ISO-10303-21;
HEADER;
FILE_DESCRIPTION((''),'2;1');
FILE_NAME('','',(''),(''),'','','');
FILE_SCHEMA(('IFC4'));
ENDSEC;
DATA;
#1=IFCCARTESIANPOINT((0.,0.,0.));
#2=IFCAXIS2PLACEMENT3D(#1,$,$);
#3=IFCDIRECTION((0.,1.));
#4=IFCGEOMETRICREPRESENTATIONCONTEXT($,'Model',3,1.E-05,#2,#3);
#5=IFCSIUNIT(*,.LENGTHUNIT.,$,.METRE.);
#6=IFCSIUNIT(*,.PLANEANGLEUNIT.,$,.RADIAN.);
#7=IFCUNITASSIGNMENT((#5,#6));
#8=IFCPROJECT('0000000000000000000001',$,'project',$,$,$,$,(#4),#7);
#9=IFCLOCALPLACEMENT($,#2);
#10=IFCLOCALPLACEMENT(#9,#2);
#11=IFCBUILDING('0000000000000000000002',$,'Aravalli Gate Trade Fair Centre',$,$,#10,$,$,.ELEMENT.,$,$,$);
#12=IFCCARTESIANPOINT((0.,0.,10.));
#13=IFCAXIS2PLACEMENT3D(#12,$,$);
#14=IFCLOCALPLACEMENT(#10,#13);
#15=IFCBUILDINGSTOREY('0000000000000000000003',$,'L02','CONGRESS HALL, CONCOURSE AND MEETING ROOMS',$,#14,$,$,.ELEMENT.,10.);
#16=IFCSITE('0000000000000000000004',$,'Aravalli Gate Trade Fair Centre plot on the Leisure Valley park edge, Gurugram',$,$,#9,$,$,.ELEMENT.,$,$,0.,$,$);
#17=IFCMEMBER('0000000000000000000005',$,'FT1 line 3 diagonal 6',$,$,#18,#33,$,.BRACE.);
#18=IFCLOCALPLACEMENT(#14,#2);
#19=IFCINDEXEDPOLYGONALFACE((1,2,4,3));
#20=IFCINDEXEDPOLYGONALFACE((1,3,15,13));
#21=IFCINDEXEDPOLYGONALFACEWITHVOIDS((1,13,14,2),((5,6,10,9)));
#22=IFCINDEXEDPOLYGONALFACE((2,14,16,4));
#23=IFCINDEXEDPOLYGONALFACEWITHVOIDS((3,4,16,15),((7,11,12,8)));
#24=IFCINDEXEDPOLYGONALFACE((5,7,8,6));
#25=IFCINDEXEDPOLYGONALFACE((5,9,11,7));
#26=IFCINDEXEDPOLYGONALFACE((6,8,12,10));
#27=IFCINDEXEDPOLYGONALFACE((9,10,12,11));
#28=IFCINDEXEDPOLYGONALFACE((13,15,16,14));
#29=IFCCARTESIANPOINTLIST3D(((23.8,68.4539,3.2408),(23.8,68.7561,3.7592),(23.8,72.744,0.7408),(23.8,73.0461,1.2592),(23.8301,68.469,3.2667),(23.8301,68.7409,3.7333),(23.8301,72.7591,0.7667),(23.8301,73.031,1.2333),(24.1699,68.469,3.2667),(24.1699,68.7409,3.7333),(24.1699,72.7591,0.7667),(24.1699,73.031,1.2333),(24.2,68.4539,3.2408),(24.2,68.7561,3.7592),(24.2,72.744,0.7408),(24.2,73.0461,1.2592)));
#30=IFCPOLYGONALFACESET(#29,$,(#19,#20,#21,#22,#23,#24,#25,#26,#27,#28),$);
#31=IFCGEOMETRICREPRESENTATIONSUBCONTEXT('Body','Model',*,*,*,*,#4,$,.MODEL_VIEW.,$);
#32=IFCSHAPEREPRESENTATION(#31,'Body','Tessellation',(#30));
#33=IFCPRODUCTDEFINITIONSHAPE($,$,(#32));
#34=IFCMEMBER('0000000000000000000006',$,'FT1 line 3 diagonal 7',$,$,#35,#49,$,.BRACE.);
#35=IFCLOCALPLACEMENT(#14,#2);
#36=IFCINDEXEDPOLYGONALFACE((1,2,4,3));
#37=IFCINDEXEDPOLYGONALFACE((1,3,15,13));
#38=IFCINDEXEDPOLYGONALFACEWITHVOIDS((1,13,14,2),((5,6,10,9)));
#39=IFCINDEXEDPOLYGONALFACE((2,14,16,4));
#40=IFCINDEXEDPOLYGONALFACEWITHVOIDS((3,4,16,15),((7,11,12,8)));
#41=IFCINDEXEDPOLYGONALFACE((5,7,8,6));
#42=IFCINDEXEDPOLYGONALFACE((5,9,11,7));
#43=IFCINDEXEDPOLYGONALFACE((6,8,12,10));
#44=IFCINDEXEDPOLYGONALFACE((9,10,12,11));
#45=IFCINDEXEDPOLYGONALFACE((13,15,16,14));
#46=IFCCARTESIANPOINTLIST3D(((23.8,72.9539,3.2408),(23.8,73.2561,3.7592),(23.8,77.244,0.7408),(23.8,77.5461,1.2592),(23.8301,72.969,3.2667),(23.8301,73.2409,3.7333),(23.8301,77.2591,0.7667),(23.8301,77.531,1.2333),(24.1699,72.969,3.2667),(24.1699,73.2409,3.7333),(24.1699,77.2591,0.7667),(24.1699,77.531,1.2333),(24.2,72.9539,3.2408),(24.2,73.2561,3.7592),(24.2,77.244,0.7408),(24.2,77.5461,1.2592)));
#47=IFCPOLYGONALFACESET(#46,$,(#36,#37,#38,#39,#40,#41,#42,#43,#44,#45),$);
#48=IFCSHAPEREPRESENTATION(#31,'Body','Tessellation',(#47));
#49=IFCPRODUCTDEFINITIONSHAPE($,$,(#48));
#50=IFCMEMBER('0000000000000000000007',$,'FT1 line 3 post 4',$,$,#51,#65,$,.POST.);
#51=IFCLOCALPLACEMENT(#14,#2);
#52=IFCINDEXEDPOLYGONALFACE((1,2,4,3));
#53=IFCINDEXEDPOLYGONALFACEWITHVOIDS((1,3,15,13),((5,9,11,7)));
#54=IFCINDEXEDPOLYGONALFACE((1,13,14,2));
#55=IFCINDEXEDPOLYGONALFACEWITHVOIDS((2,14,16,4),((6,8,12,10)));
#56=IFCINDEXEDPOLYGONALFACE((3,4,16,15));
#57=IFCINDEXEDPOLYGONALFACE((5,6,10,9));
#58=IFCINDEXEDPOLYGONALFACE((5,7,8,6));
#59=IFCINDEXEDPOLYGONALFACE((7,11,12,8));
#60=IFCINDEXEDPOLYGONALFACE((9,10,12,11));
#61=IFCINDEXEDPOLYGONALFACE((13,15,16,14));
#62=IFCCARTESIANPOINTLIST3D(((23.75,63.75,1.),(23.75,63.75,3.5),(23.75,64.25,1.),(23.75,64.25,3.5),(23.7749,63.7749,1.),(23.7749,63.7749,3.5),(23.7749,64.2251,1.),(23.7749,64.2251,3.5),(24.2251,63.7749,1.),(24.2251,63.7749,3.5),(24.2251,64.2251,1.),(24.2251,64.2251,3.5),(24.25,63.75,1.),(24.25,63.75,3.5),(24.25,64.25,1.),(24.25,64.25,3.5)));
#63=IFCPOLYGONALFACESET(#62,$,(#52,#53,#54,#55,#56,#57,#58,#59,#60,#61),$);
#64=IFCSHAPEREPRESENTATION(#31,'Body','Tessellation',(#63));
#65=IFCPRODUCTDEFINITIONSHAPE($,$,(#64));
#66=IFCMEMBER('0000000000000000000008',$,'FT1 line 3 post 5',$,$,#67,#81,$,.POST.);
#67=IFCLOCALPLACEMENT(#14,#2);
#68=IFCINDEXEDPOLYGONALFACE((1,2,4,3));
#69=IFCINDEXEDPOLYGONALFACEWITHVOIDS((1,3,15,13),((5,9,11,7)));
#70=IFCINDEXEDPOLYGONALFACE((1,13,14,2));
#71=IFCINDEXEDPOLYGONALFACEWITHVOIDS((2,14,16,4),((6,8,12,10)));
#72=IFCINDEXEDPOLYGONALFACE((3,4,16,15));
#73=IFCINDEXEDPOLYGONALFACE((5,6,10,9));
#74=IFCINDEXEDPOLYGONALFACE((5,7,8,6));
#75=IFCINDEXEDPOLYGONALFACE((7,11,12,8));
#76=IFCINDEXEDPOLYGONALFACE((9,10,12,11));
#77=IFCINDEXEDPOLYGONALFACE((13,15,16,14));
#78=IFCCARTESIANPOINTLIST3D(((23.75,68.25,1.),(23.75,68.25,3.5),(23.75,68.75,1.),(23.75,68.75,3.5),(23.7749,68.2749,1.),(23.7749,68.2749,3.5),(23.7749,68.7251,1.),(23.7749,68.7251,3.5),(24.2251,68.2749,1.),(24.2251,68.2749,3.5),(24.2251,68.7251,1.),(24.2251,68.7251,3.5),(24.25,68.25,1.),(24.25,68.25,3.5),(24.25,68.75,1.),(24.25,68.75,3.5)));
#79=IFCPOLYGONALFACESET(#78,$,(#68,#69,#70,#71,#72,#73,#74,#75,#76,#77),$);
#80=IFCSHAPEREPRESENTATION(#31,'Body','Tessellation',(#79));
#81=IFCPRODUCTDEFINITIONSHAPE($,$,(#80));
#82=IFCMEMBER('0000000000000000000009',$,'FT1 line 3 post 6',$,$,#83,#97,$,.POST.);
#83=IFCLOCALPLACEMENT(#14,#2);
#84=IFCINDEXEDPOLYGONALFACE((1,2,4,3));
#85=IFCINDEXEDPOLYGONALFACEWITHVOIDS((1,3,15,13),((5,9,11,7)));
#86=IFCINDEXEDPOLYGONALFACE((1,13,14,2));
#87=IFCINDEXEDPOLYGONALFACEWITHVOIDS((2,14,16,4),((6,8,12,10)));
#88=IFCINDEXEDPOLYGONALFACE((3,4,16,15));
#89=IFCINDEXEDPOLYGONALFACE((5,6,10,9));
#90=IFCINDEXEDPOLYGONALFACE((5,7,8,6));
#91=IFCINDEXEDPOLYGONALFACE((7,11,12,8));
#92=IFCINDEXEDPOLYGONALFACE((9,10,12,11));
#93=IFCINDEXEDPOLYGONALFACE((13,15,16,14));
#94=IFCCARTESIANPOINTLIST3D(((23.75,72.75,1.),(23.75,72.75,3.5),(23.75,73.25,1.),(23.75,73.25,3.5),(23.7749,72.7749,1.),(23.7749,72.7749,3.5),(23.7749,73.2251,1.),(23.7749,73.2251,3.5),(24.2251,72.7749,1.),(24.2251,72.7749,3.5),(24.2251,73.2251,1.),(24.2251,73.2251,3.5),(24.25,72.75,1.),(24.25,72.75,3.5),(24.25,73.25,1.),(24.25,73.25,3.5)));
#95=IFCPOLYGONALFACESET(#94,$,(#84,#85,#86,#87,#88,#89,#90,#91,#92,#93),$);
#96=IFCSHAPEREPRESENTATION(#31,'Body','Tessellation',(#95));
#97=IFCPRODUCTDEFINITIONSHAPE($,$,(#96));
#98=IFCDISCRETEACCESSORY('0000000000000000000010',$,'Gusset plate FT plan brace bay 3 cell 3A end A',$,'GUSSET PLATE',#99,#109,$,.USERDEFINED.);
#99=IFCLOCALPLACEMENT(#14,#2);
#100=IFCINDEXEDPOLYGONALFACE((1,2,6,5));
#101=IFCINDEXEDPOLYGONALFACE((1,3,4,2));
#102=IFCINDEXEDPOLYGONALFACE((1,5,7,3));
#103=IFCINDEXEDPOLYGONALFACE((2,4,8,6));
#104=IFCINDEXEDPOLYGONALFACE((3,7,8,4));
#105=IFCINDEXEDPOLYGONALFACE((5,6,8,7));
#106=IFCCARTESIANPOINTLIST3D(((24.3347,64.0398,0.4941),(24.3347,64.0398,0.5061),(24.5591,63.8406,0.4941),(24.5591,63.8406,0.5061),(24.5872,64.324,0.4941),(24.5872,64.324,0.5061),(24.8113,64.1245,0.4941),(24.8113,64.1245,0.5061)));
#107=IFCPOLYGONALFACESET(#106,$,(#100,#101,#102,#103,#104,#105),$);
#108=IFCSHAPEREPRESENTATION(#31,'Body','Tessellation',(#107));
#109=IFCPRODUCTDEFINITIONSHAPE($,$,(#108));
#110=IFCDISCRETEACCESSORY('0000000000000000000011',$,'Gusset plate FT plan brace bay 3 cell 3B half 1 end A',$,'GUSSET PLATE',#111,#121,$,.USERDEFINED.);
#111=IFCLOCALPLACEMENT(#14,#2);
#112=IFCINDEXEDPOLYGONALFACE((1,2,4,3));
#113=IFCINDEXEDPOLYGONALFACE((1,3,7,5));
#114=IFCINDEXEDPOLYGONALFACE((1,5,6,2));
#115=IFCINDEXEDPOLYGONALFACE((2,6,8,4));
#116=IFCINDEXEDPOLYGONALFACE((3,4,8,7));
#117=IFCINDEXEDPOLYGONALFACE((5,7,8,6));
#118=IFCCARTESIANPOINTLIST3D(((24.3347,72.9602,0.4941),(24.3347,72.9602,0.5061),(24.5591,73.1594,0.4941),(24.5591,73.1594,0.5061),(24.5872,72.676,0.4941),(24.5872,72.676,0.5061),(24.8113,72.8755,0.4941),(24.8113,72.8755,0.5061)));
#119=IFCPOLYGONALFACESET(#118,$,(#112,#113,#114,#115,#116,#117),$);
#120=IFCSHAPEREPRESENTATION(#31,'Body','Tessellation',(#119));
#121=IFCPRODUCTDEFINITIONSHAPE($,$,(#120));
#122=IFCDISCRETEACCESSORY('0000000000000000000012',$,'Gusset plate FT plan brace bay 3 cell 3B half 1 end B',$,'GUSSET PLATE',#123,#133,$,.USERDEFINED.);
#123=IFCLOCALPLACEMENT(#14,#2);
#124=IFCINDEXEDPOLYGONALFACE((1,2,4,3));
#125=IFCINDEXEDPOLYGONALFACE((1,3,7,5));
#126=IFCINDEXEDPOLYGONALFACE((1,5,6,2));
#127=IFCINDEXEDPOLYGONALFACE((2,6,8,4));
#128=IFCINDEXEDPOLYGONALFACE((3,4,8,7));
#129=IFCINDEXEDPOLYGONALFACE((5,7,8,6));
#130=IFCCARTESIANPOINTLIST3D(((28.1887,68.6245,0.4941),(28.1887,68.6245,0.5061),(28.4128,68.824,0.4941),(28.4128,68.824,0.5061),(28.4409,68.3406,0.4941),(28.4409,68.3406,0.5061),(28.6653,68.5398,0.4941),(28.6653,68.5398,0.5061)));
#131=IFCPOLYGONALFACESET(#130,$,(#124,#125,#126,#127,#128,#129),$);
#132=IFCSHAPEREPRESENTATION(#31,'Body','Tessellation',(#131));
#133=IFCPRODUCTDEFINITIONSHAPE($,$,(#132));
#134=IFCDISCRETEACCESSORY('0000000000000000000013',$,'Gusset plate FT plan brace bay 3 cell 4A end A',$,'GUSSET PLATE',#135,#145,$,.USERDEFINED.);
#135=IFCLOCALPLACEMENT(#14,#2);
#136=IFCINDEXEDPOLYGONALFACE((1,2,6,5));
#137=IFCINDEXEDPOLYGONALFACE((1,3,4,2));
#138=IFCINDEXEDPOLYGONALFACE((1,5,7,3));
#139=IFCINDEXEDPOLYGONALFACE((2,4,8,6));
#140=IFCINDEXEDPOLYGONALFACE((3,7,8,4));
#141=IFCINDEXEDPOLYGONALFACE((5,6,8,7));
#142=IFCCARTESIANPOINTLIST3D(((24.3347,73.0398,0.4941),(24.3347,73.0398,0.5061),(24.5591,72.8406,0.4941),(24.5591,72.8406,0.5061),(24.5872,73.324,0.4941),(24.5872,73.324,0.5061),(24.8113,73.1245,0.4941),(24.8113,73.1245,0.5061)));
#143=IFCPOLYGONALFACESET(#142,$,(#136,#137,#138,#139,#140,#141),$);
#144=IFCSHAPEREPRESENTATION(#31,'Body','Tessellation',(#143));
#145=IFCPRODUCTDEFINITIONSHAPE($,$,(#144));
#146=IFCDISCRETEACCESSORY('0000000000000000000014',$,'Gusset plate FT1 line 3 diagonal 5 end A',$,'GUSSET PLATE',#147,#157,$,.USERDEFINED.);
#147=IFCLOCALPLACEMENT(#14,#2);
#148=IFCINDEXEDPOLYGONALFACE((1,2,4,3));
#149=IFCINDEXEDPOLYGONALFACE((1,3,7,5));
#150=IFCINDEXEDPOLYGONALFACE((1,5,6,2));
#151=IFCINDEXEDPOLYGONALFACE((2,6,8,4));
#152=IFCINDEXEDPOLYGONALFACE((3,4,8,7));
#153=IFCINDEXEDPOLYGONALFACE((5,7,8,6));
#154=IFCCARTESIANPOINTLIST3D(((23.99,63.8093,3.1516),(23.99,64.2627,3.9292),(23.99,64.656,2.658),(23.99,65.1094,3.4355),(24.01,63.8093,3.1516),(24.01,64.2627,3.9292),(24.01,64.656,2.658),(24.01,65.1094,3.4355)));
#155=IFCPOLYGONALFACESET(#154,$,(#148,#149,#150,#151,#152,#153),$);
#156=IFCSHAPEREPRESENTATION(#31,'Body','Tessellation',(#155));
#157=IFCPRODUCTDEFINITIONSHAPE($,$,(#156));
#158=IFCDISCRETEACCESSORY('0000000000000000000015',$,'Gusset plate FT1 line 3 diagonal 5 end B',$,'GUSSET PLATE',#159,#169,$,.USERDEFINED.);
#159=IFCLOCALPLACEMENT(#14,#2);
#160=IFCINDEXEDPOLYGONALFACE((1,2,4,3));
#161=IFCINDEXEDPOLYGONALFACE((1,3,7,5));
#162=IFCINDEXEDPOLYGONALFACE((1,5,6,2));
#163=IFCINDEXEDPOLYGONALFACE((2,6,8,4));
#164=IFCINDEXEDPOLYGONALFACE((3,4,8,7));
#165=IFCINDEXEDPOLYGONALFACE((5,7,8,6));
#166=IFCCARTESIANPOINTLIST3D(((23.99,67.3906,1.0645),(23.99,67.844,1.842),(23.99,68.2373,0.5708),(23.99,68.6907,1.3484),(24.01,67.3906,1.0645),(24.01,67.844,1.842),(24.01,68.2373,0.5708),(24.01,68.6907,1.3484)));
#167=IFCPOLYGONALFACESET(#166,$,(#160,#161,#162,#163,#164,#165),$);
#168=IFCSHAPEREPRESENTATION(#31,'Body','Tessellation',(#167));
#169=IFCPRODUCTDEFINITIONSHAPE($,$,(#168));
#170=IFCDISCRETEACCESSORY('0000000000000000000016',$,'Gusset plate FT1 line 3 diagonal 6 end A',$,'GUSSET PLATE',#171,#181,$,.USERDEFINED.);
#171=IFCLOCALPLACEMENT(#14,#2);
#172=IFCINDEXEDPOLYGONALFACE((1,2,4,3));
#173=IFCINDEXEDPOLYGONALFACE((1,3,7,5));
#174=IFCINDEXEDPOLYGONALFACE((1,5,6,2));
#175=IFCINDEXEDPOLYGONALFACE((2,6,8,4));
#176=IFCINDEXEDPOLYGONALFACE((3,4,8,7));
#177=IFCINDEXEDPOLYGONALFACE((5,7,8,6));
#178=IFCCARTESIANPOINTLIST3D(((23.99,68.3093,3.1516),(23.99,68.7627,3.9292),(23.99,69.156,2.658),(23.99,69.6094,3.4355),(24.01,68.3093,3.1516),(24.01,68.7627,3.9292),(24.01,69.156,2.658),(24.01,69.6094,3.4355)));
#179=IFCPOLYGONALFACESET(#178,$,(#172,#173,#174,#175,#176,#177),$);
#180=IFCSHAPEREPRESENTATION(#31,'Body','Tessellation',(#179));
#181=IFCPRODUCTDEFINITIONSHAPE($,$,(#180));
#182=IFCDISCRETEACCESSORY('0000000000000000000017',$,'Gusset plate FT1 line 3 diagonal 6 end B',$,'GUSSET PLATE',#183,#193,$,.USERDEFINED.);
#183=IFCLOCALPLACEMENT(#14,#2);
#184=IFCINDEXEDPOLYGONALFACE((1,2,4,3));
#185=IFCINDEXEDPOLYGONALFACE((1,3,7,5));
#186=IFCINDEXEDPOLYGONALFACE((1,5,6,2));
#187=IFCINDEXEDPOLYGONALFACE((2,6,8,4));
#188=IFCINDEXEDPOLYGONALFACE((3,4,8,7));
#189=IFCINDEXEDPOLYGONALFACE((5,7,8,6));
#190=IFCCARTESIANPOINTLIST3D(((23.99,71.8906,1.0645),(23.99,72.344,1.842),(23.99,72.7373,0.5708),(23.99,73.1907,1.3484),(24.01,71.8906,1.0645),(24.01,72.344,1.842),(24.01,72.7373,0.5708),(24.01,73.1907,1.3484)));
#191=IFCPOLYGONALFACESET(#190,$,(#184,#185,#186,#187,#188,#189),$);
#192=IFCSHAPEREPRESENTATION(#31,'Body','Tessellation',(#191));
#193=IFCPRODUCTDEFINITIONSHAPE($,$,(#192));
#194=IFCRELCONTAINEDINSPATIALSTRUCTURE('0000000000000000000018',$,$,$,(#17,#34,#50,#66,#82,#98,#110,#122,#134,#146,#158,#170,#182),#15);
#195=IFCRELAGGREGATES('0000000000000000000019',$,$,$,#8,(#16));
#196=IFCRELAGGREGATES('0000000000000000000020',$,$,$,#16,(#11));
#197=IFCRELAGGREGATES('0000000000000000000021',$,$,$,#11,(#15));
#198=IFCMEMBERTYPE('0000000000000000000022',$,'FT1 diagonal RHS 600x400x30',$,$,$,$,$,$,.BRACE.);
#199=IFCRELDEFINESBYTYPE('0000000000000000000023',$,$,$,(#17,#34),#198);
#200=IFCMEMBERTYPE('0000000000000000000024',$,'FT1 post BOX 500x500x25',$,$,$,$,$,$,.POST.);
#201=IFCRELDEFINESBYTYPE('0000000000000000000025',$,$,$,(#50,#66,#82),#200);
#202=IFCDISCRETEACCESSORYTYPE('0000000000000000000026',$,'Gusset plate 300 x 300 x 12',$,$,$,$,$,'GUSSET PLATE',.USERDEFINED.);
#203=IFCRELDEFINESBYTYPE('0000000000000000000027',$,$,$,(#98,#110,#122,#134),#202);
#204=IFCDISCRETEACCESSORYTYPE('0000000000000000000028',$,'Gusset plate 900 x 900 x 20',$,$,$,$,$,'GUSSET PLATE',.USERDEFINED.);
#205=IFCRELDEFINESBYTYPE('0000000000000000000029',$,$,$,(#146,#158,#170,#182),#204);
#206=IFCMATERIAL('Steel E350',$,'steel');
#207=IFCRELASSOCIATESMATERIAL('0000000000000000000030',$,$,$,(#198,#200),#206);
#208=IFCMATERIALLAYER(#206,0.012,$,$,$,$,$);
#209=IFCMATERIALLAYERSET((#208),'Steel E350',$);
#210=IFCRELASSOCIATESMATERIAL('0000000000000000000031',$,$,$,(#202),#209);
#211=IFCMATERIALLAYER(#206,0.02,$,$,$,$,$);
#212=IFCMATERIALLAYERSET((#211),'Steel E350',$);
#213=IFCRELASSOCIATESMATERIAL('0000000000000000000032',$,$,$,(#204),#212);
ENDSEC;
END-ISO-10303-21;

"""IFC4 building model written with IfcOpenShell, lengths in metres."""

from ifc_helpers import new_model, si_unit, direction, frame, origin, origin_2d, place, context, subcontext, project, spatial, polyline, hollow_rectangle, outline, extrude, material, layer, layer_set, material_profile, profile_set, type_object, element, save


model = new_model("IFC4")

# Units and contexts
model_context = context("Model", 3, precision=1e-05, world=origin(), true_north=direction((0.0, 1.0)))
body_context = subcontext(model_context, "Body", "Model", "MODEL_VIEW")
ifc_project = project(units=[si_unit("LENGTHUNIT", "METRE"), si_unit("PLANEANGLEUNIT", "RADIAN")], contexts=[model_context])

# Site, building, storey
site_placement = place(None, origin())
site = spatial("IfcSite", under=ifc_project, at=site_placement, Name="Aravalli Gate Trade Fair Centre plot on the Leisure Valley park edge, Gurugram", CompositionType="ELEMENT", RefElevation=0.0)
building_placement = place(site_placement, origin())
building = spatial("IfcBuilding", under=site, at=building_placement, Name="Aravalli Gate Trade Fair Centre", CompositionType="ELEMENT")
storey_placement = place(building_placement, frame((0.0, 0.0, 10.0)))
storey = spatial("IfcBuildingStorey", under=building, at=storey_placement, Name="L02", Description="CONGRESS HALL, CONCOURSE AND MEETING ROOMS", CompositionType="ELEMENT", Elevation=10.0)

# Members
ifc_material = material(Name="Steel E350", Category="steel")
ifc_material_profile_1 = material_profile(ifc_material, hollow_rectangle(XDim=0.3999, YDim=0.6001, WallThickness=0.03, at=origin_2d()), Name="RHS 600x400x30")
ifc_profile_set_1 = profile_set([ifc_material_profile_1], Name="Steel E350")
member_type_1 = type_object("IfcMemberType", Name="FT1 diagonal RHS 600x400x30", PredefinedType="BRACE", material=ifc_profile_set_1)
for number, where, z_axis, x_axis, name in (
    (1, (24.0, 68.605, 3.5), (0.0, 0.864, -0.503492), (-1.0, 0.0, 0.0), "FT1 line 3 diagonal 6"),
    (2, (24.0, 73.105, 3.5), (0.0, 0.864, -0.503492), (-1.0, 0.0, 0.0), "FT1 line 3 diagonal 7"),
):
    element("IfcMember", number, at=place(storey_placement, frame(where, z_axis=z_axis, x_axis=x_axis)), inside=storey, type_object=member_type_1, Name=name, PredefinedType="BRACE", context=body_context, shape_type="SweptSolid", body=[
        extrude(hollow_rectangle(XDim=0.3999, YDim=0.6001, WallThickness=0.03, at=origin_2d()), origin(), (0.0, 0.0, 1.0), 4.9653),
    ])
ifc_material_profile_2 = material_profile(ifc_material, hollow_rectangle(XDim=0.5, YDim=0.5, WallThickness=0.0249, at=origin_2d()), Name="BOX 500x500x25")
ifc_profile_set_2 = profile_set([ifc_material_profile_2], Name="Steel E350")
member_type_2 = type_object("IfcMemberType", Name="FT1 post BOX 500x500x25", PredefinedType="POST", material=ifc_profile_set_2)
for number, where, z_axis, x_axis, name in (
    (3, (24.0, 64.0, 1.0), (0.0, 0.0, 1.0), (1.0, 0.0, 0.0), "FT1 line 3 post 4"),
    (4, (24.0, 68.5, 1.0), (0.0, 0.0, 1.0), (1.0, 0.0, 0.0), "FT1 line 3 post 5"),
    (5, (24.0, 73.0, 1.0), (0.0, 0.0, 1.0), (1.0, 0.0, 0.0), "FT1 line 3 post 6"),
):
    element("IfcMember", number, at=place(storey_placement, frame(where, z_axis=z_axis, x_axis=x_axis)), inside=storey, type_object=member_type_2, Name=name, PredefinedType="POST", context=body_context, shape_type="SweptSolid", body=[
        extrude(hollow_rectangle(XDim=0.5, YDim=0.5, WallThickness=0.0249, at=origin_2d()), origin(), (0.0, 0.0, 1.0), 2.5),
    ])

# Discrete accessories
ifc_layer_1 = layer(ifc_material, 0.012)
ifc_layer_set_1 = layer_set([ifc_layer_1], Name="Steel E350")
discrete_accessory_type_1 = type_object("IfcDiscreteAccessoryType", Name="Gusset plate 300 x 300 x 12", ElementType="GUSSET PLATE", PredefinedType="USERDEFINED", material=ifc_layer_set_1)
discrete_accessory_1_placement = place(storey_placement, frame((24.8113, 64.1245, 0.5061), z_axis=(0.0, 0.0, 1.0), x_axis=(-0.664084, -0.747658, 0.0)))
element("IfcDiscreteAccessory", 6, at=discrete_accessory_1_placement, inside=storey, type_object=discrete_accessory_type_1, Name="Gusset plate FT plan brace bay 3 cell 3A end A", ObjectType="GUSSET PLATE", PredefinedType="USERDEFINED", context=body_context, shape_type="SweptSolid", body=[
    extrude(outline(polyline([(0.0, 0.0), (0.3798, 0.0), (0.3798, -0.3), (-0.0003, -0.3), (0.0, 0.0)])), origin(), (0.0, 0.0, -1.0), 0.012),
])
discrete_accessory_2_placement = place(storey_placement, frame((24.5872, 72.676, 0.5061), z_axis=(0.0, 0.0, 1.0), x_axis=(-0.664125, 0.747622, 0.0)))
element("IfcDiscreteAccessory", 7, at=discrete_accessory_2_placement, inside=storey, type_object=discrete_accessory_type_1, Name="Gusset plate FT plan brace bay 3 cell 3B half 1 end A", ObjectType="GUSSET PLATE", PredefinedType="USERDEFINED", context=body_context, shape_type="SweptSolid", body=[
    extrude(outline(polyline([(0.0, 0.0), (0.3801, 0.0), (0.38, -0.3), (0.0003, -0.3), (0.0, 0.0)])), origin(), (0.0, 0.0, -1.0), 0.012),
])
discrete_accessory_3_placement = place(storey_placement, frame((28.1887, 68.6245, 0.5061), z_axis=(0.0, 0.0, 1.0), x_axis=(0.664084, -0.747658, 0.0)))
element("IfcDiscreteAccessory", 8, at=discrete_accessory_3_placement, inside=storey, type_object=discrete_accessory_type_1, Name="Gusset plate FT plan brace bay 3 cell 3B half 1 end B", ObjectType="GUSSET PLATE", PredefinedType="USERDEFINED", context=body_context, shape_type="SweptSolid", body=[
    extrude(outline(polyline([(0.0, 0.0), (0.3798, 0.0), (0.3798, 0.3), (-0.0003, 0.3), (0.0, 0.0)])), origin(), (0.0, 0.0, -1.0), 0.012),
])
discrete_accessory_4_placement = place(storey_placement, frame((24.8113, 73.1245, 0.5061), z_axis=(0.0, 0.0, 1.0), x_axis=(-0.664084, -0.747658, 0.0)))
element("IfcDiscreteAccessory", 9, at=discrete_accessory_4_placement, inside=storey, type_object=discrete_accessory_type_1, Name="Gusset plate FT plan brace bay 3 cell 4A end A", ObjectType="GUSSET PLATE", PredefinedType="USERDEFINED", context=body_context, shape_type="SweptSolid", body=[
    extrude(outline(polyline([(0.0, 0.0), (0.3798, 0.0), (0.3798, -0.3), (-0.0003, -0.3), (0.0, 0.0)])), origin(), (0.0, 0.0, -1.0), 0.012),
])
ifc_layer_2 = layer(ifc_material, 0.02)
ifc_layer_set_2 = layer_set([ifc_layer_2], Name="Steel E350")
discrete_accessory_type_2 = type_object("IfcDiscreteAccessoryType", Name="Gusset plate 900 x 900 x 20", ElementType="GUSSET PLATE", PredefinedType="USERDEFINED", material=ifc_layer_set_2)
discrete_accessory_5_placement = place(storey_placement, frame((23.99, 64.656, 2.658), z_axis=(-1.0, 0.0, 0.0), x_axis=(0.0, -0.863887, 0.503685)))
element("IfcDiscreteAccessory", 10, at=discrete_accessory_5_placement, inside=storey, type_object=discrete_accessory_type_2, Name="Gusset plate FT1 line 3 diagonal 5 end A", ObjectType="GUSSET PLATE", PredefinedType="USERDEFINED", context=body_context, shape_type="SweptSolid", body=[
    extrude(outline(polyline([(0.0, 0.0), (0.9801, 0.0), (0.9801, 0.9001), (0.0, 0.9001), (0.0, 0.0)])), origin(), (0.0, 0.0, -1.0), 0.02),
])
discrete_accessory_6_placement = place(storey_placement, frame((24.01, 67.3906, 1.0645), z_axis=(1.0, 0.0, 0.0), x_axis=(0.0, 0.863887, -0.503685)))
element("IfcDiscreteAccessory", 11, at=discrete_accessory_6_placement, inside=storey, type_object=discrete_accessory_type_2, Name="Gusset plate FT1 line 3 diagonal 5 end B", ObjectType="GUSSET PLATE", PredefinedType="USERDEFINED", context=body_context, shape_type="SweptSolid", body=[
    extrude(outline(polyline([(0.0, 0.0), (0.9801, 0.0), (0.9801, 0.9001), (0.0, 0.9001), (0.0, 0.0)])), origin(), (0.0, 0.0, -1.0), 0.02),
])
discrete_accessory_7_placement = place(storey_placement, frame((23.99, 69.156, 2.658), z_axis=(-1.0, 0.0, 0.0), x_axis=(0.0, -0.863887, 0.503685)))
element("IfcDiscreteAccessory", 12, at=discrete_accessory_7_placement, inside=storey, type_object=discrete_accessory_type_2, Name="Gusset plate FT1 line 3 diagonal 6 end A", ObjectType="GUSSET PLATE", PredefinedType="USERDEFINED", context=body_context, shape_type="SweptSolid", body=[
    extrude(outline(polyline([(0.0, 0.0), (0.9801, 0.0), (0.9801, 0.9001), (0.0, 0.9001), (0.0, 0.0)])), origin(), (0.0, 0.0, -1.0), 0.02),
])
discrete_accessory_8_placement = place(storey_placement, frame((24.01, 71.8906, 1.0645), z_axis=(1.0, 0.0, 0.0), x_axis=(0.0, 0.863887, -0.503685)))
element("IfcDiscreteAccessory", 13, at=discrete_accessory_8_placement, inside=storey, type_object=discrete_accessory_type_2, Name="Gusset plate FT1 line 3 diagonal 6 end B", ObjectType="GUSSET PLATE", PredefinedType="USERDEFINED", context=body_context, shape_type="SweptSolid", body=[
    extrude(outline(polyline([(0.0, 0.0), (0.9801, 0.0), (0.9801, 0.9001), (0.0, 0.9001), (0.0, 0.0)])), origin(), (0.0, 0.0, -1.0), 0.02),
])

save(model, "model.ifc")
